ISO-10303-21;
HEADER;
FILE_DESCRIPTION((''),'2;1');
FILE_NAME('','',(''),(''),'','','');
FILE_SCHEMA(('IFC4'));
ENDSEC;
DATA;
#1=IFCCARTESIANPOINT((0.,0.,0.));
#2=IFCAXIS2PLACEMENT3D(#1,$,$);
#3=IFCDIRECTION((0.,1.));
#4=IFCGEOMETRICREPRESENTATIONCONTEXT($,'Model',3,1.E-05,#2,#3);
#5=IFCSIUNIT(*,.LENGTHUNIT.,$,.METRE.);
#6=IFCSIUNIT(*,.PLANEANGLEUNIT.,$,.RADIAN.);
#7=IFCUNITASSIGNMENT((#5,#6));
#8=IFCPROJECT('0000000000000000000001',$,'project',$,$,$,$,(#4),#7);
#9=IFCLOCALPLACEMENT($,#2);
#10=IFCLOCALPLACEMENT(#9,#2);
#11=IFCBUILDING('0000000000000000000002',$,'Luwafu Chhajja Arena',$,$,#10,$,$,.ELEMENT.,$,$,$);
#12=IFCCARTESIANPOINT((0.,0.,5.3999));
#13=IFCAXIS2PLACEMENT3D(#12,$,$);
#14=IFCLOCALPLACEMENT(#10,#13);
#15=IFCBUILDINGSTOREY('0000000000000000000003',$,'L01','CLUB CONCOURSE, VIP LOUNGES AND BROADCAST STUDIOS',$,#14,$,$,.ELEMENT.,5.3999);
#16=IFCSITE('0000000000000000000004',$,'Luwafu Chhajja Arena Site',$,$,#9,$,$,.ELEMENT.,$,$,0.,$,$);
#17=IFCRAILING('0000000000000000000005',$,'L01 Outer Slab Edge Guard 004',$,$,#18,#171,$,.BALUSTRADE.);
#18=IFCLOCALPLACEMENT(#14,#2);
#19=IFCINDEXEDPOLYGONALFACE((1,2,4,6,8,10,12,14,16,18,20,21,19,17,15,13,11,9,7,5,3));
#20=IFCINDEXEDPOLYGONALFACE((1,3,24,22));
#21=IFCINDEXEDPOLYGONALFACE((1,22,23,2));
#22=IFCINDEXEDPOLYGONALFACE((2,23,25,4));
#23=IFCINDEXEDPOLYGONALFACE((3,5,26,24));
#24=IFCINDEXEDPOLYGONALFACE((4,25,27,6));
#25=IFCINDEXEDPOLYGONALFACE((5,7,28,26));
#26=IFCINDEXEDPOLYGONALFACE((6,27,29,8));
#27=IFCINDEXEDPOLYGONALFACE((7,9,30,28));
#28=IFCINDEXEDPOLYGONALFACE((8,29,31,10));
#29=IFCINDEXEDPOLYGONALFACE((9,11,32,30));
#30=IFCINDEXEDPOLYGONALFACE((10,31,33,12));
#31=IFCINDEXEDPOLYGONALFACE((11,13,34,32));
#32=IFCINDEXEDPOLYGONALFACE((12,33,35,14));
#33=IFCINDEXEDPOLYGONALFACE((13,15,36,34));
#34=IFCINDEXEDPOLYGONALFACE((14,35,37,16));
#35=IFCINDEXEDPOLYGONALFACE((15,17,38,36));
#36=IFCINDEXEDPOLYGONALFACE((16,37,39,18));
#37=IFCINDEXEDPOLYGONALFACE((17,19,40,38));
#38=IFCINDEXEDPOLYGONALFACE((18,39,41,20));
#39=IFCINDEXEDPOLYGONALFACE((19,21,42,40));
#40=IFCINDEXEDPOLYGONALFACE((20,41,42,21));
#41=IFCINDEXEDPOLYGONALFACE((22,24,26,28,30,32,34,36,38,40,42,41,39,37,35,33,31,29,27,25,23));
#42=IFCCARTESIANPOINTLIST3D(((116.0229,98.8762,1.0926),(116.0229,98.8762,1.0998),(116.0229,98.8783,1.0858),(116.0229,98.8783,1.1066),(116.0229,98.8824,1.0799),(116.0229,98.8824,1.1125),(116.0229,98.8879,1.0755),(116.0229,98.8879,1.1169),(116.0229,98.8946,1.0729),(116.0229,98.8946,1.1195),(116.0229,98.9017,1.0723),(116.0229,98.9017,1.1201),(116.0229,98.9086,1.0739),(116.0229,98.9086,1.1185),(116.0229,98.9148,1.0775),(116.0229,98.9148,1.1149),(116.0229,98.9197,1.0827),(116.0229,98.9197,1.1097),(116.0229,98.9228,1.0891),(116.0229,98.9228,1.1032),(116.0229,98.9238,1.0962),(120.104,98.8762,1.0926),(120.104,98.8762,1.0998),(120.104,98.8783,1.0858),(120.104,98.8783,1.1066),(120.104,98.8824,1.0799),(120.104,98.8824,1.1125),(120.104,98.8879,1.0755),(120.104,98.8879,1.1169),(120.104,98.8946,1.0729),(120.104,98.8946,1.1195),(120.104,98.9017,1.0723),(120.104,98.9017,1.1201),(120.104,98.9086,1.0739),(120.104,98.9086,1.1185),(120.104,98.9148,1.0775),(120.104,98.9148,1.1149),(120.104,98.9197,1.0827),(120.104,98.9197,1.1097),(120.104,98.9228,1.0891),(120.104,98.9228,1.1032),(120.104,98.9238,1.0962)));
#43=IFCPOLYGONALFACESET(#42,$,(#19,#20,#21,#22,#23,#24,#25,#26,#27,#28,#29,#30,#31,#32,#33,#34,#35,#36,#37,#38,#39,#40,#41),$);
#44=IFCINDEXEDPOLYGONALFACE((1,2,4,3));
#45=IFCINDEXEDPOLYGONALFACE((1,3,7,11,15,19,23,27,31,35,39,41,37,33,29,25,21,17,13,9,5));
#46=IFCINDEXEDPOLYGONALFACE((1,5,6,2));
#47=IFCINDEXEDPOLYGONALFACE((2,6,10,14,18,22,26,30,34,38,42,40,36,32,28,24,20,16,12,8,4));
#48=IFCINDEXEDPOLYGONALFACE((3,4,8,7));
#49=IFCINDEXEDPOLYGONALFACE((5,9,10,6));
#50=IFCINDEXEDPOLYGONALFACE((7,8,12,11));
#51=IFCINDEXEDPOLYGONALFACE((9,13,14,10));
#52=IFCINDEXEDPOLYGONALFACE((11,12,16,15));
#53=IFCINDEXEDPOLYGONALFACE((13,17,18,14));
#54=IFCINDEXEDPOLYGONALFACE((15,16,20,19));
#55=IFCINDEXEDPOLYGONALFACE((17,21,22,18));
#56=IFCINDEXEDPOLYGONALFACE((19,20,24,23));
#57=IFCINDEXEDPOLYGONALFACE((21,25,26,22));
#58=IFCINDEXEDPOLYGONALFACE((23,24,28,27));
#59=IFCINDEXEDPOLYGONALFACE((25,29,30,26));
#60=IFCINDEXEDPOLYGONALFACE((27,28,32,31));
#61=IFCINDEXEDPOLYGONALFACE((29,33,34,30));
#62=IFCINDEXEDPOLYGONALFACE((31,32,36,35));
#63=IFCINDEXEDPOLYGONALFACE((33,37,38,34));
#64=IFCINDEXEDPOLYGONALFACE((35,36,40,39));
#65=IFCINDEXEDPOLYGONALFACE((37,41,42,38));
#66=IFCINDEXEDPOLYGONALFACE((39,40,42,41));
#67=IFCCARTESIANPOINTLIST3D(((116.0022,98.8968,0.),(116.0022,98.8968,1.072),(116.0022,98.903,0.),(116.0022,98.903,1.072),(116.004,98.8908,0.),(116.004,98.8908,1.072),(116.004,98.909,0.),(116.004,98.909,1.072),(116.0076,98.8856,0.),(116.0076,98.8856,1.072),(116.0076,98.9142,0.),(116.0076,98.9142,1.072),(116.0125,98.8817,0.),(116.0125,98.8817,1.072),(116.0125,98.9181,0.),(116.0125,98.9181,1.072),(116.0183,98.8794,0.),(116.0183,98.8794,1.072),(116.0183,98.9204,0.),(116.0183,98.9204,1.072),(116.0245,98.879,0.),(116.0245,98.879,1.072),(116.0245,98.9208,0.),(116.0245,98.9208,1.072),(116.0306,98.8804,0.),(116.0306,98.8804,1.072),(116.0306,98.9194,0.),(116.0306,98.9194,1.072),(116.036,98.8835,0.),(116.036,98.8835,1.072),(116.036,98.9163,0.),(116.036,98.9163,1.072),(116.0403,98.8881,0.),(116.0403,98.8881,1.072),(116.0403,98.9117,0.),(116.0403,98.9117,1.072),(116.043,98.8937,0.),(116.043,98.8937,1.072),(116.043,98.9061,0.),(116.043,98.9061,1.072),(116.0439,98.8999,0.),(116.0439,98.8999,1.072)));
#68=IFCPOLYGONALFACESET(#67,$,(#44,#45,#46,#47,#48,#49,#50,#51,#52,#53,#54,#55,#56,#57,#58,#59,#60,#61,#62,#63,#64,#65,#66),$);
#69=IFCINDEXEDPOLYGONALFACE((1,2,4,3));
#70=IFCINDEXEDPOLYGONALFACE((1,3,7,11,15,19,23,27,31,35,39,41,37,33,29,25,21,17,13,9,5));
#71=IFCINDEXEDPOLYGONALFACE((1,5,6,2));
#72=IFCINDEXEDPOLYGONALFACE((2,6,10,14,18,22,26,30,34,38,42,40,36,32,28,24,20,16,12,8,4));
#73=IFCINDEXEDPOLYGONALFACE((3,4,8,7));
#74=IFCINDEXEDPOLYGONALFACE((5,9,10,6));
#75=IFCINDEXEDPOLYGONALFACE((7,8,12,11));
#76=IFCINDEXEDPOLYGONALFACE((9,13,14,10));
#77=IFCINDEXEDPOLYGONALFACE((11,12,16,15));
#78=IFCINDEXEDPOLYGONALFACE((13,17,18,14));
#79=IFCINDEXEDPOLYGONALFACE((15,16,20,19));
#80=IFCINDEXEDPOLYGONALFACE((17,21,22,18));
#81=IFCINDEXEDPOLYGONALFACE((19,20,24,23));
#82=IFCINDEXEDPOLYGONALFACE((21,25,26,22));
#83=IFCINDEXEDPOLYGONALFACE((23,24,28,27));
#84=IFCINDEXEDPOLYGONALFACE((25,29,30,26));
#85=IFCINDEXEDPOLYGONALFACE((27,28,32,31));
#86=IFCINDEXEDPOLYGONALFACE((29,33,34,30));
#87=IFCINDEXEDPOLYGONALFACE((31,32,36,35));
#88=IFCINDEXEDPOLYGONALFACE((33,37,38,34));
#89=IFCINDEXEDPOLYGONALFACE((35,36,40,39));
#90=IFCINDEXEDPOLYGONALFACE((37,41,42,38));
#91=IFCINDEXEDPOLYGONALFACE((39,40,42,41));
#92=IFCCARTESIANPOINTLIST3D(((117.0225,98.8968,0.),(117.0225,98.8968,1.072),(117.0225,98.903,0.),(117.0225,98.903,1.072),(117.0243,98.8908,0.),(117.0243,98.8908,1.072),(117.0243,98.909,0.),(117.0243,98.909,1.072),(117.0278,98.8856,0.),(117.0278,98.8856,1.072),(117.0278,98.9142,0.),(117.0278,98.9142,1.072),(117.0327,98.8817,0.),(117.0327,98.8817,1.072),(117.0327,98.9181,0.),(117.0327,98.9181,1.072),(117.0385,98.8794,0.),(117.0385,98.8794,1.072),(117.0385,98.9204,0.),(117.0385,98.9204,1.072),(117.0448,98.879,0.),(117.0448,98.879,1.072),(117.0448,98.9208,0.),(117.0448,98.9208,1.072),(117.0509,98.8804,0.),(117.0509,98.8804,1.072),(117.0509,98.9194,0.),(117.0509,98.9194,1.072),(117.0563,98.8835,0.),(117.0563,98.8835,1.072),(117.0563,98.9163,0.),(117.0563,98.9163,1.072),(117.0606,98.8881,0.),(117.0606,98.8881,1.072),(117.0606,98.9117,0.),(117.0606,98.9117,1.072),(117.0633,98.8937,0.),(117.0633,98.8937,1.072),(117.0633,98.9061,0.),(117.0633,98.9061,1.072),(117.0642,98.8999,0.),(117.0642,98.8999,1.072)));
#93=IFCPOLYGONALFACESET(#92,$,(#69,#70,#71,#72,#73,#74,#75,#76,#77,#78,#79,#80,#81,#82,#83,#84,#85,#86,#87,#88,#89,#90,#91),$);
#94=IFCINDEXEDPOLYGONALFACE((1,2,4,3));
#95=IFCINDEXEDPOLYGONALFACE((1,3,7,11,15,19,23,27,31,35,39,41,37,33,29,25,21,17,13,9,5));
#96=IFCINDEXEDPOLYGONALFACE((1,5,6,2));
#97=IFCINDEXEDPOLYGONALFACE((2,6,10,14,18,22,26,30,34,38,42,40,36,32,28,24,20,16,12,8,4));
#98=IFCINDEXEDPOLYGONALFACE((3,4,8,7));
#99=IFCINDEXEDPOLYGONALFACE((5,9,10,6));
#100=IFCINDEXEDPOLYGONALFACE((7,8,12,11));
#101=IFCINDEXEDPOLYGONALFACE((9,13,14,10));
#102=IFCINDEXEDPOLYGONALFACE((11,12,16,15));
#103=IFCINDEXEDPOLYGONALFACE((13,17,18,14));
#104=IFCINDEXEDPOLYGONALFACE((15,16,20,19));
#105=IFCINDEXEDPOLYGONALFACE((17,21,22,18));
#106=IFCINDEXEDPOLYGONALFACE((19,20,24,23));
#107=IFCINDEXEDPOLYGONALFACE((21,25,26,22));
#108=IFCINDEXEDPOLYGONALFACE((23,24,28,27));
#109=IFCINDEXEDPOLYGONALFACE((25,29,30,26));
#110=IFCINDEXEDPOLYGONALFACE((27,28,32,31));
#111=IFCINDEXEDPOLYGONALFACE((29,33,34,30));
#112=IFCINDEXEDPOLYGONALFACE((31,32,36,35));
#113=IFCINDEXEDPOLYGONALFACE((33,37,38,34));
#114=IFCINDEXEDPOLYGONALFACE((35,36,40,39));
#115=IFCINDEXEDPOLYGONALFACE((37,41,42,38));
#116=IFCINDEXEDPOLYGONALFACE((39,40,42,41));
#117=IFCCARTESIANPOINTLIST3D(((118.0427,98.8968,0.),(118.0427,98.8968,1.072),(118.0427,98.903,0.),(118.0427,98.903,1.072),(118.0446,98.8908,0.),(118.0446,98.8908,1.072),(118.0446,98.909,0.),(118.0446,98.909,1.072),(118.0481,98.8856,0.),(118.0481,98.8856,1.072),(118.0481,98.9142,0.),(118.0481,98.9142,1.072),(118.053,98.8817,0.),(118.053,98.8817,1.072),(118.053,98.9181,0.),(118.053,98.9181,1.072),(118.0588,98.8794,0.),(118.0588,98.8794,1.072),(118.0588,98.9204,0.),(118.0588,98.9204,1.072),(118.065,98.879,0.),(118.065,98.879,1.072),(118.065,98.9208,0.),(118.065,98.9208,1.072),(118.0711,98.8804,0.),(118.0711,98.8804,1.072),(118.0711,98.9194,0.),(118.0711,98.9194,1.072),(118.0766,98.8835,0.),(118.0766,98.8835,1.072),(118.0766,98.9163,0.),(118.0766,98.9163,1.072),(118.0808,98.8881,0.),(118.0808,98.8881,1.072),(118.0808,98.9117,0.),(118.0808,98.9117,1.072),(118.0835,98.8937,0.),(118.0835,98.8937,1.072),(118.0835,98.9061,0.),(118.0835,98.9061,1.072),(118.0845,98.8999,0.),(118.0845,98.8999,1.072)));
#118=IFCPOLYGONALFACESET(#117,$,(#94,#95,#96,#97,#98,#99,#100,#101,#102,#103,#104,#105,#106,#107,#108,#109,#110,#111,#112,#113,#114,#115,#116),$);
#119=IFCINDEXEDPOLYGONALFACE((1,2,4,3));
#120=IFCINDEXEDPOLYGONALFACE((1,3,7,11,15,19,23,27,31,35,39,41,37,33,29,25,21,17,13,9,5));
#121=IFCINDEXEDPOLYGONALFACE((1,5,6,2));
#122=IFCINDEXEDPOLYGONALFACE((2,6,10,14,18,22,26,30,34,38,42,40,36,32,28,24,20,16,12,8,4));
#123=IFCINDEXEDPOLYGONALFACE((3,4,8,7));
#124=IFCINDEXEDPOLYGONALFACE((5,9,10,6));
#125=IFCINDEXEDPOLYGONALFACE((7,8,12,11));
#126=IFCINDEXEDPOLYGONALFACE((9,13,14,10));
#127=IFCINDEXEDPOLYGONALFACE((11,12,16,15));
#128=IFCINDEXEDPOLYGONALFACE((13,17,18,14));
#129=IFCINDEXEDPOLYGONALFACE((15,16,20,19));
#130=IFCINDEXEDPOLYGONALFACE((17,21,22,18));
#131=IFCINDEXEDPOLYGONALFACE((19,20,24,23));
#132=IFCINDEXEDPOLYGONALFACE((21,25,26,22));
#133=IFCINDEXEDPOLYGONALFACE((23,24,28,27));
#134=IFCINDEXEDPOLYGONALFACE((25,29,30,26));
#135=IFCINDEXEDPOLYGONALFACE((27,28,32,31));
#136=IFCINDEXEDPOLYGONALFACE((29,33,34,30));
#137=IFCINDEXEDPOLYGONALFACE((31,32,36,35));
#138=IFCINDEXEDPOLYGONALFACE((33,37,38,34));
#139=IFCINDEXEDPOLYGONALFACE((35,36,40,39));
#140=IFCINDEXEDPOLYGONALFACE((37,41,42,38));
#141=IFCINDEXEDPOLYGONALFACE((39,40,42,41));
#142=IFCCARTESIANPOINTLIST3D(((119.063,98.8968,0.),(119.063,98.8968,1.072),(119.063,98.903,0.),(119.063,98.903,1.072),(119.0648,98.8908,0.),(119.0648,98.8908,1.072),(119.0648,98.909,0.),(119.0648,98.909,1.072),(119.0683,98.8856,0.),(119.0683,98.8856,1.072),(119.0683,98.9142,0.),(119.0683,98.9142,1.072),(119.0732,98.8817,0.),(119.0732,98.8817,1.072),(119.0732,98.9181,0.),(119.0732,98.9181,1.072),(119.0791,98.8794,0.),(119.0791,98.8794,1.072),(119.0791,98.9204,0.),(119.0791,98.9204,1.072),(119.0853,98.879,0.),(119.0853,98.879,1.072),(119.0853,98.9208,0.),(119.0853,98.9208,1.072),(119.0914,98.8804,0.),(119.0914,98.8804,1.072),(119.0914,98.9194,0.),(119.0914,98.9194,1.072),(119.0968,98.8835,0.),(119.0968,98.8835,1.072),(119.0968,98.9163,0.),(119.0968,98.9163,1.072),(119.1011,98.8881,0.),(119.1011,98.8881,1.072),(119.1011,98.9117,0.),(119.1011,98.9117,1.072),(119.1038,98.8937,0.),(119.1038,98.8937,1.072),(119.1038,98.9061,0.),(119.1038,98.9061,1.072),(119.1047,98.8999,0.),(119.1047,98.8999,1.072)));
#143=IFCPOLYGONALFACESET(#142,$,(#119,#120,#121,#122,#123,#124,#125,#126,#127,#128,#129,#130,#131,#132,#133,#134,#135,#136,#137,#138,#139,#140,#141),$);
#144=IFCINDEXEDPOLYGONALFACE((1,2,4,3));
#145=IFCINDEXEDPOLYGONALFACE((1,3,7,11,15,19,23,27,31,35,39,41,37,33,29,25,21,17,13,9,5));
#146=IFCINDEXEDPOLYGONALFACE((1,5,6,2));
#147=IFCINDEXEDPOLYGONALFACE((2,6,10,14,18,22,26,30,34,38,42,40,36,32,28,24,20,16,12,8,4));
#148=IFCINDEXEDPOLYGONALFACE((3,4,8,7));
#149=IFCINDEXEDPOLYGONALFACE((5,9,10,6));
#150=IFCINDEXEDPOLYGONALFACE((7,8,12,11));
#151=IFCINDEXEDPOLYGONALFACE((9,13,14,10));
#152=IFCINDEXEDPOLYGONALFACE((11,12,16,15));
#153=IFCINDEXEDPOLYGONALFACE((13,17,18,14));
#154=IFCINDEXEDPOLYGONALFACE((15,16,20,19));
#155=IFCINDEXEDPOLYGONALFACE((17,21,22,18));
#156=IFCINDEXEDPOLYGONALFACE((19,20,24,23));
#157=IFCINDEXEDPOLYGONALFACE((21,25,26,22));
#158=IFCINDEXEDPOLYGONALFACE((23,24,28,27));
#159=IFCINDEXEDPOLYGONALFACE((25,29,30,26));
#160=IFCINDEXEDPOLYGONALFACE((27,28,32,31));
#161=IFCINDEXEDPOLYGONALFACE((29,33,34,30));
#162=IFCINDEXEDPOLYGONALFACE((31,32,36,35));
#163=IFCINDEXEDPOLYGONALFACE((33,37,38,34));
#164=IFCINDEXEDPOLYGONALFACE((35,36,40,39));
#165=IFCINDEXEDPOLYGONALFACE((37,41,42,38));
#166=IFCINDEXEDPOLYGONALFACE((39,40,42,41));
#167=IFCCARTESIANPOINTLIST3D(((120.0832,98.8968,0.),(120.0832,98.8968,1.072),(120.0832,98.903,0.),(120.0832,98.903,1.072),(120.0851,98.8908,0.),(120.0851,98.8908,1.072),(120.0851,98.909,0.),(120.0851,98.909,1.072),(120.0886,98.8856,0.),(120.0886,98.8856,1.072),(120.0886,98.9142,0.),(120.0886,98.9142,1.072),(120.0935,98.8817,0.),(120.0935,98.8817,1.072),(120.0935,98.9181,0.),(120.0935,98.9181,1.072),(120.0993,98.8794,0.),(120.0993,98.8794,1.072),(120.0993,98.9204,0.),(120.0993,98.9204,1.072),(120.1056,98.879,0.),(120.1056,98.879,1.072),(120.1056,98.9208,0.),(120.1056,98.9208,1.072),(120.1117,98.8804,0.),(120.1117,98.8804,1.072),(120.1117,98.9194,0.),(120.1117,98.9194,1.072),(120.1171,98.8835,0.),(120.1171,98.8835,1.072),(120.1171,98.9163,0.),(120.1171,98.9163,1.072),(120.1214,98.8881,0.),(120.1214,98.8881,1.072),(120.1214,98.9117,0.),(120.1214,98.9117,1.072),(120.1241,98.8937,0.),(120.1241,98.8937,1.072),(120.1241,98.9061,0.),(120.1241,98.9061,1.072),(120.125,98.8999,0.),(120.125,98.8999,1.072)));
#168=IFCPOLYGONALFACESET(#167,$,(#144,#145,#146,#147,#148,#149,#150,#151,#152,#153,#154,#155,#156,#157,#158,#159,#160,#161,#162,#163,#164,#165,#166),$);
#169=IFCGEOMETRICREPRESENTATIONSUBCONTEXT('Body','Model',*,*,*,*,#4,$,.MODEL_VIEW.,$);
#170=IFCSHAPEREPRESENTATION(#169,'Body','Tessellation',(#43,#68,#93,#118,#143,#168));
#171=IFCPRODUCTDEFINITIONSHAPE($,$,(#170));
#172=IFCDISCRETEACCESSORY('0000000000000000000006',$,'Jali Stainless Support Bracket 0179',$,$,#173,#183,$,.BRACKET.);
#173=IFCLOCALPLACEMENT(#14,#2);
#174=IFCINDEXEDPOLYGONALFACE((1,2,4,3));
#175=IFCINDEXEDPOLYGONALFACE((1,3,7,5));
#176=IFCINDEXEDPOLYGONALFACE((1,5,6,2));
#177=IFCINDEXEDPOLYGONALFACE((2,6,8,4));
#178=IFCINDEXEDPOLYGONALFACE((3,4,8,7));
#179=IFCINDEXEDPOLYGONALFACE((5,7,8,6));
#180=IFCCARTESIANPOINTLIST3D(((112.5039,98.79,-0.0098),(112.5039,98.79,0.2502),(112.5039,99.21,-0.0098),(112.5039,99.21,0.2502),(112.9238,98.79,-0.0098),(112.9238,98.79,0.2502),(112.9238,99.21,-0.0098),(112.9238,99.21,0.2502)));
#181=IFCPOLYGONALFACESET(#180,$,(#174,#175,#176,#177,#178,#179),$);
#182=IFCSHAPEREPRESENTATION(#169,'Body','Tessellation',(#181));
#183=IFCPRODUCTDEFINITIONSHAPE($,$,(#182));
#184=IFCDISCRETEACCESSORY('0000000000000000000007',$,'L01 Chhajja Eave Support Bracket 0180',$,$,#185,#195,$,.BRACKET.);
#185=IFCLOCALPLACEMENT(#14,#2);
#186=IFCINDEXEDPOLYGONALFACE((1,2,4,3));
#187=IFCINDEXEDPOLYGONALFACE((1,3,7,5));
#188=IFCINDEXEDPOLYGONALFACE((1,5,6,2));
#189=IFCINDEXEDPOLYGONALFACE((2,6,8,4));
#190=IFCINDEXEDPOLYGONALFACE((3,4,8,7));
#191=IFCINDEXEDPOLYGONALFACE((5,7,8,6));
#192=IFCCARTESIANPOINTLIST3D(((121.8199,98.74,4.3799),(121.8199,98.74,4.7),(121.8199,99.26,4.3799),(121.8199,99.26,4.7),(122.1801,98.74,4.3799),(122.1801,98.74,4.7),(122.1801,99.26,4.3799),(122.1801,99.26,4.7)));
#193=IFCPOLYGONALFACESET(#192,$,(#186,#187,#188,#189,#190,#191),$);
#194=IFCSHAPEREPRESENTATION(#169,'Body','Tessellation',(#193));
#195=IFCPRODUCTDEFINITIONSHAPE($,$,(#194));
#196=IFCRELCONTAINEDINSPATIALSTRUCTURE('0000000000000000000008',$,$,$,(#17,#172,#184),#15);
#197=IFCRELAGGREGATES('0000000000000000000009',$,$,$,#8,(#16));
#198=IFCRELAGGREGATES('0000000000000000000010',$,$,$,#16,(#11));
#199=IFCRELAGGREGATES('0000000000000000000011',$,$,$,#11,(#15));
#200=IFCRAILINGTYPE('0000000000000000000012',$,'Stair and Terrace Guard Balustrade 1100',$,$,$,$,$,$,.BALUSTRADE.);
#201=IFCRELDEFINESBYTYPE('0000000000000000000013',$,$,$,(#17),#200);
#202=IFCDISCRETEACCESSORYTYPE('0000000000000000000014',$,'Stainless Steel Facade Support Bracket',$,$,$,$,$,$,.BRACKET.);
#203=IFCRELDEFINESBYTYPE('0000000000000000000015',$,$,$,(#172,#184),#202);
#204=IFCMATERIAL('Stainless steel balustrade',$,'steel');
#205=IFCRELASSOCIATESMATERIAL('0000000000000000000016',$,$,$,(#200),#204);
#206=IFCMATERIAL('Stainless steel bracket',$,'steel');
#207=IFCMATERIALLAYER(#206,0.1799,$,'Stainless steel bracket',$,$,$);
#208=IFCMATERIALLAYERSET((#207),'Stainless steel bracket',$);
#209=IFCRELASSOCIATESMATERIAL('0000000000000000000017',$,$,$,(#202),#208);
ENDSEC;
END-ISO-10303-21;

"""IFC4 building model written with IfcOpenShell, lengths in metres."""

from ifc_helpers import new_model, si_unit, direction, frame, origin, origin_2d, place, context, subcontext, project, spatial, rectangle, circle, extrude, material, layer, layer_set, type_object, element, save


model = new_model("IFC4")

# Units and contexts
model_context = context("Model", 3, precision=1e-05, world=origin(), true_north=direction((0.0, 1.0)))
body_context = subcontext(model_context, "Body", "Model", "MODEL_VIEW")
ifc_project = project(units=[si_unit("LENGTHUNIT", "METRE"), si_unit("PLANEANGLEUNIT", "RADIAN")], contexts=[model_context])

# Site, building, storey
site_placement = place(None, origin())
site = spatial("IfcSite", under=ifc_project, at=site_placement, Name="Luwafu Chhajja Arena Site", CompositionType="ELEMENT", RefElevation=0.0)
building_placement = place(site_placement, origin())
building = spatial("IfcBuilding", under=site, at=building_placement, Name="Luwafu Chhajja Arena", CompositionType="ELEMENT")
storey_placement = place(building_placement, frame((0.0, 0.0, 5.3999)))
storey = spatial("IfcBuildingStorey", under=building, at=storey_placement, Name="L01", Description="CLUB CONCOURSE, VIP LOUNGES AND BROADCAST STUDIOS", CompositionType="ELEMENT", Elevation=5.3999)

# Railing
ifc_material_1 = material(Name="Stainless steel balustrade", Category="steel")
railing_type = type_object("IfcRailingType", Name="Stair and Terrace Guard Balustrade 1100", PredefinedType="BALUSTRADE", material=ifc_material_1)
railing_placement = place(storey_placement, frame((116.0229, 98.8999, 0.0)))
element("IfcRailing", 1, at=railing_placement, inside=storey, type_object=railing_type, Name="L01 Outer Slab Edge Guard 004", PredefinedType="BALUSTRADE", context=body_context, shape_type="SweptSolid", body=[
    extrude(circle(Radius=0.0239, at=origin_2d()), frame((0.0, 0.0, 1.0962), z_axis=(1.0, 0.0, 0.0), x_axis=(0.0, 1.0, 0.0)), (0.0, 0.0, 1.0), 4.0811),
    extrude(circle(Radius=0.021, at=origin_2d()), origin(), (0.0, 0.0, 1.0), 1.072),
    extrude(circle(Radius=0.021, at=origin_2d()), frame((1.0203, 0.0, 0.0)), (0.0, 0.0, 1.0), 1.072),
    extrude(circle(Radius=0.021, at=origin_2d()), frame((2.0405, 0.0, 0.0)), (0.0, 0.0, 1.0), 1.072),
    extrude(circle(Radius=0.021, at=origin_2d()), frame((3.0608, 0.0, 0.0)), (0.0, 0.0, 1.0), 1.072),
    extrude(circle(Radius=0.021, at=origin_2d()), frame((4.0811, 0.0, 0.0)), (0.0, 0.0, 1.0), 1.072),
])

# Discrete accessories
ifc_material_2 = material(Name="Stainless steel bracket", Category="steel")
ifc_layer_1 = layer(ifc_material_2, 0.1799, Name="Stainless steel bracket")
ifc_layer_set_1 = layer_set([ifc_layer_1], Name="Stainless steel bracket")
discrete_accessory_type = type_object("IfcDiscreteAccessoryType", Name="Stainless Steel Facade Support Bracket", PredefinedType="BRACKET", material=ifc_layer_set_1)
discrete_accessory_1_placement = place(storey_placement, frame((112.7139, 99.0, -0.0098), z_axis=(0.0, 0.0, 1.0), x_axis=(1.0, 0.0, 0.0)))
element("IfcDiscreteAccessory", 2, at=discrete_accessory_1_placement, inside=storey, type_object=discrete_accessory_type, Name="Jali Stainless Support Bracket 0179", PredefinedType="BRACKET", context=body_context, shape_type="SweptSolid", body=[
    extrude(rectangle(XDim=0.4199, YDim=0.4199, at=origin_2d()), origin(), (0.0, 0.0, 1.0), 0.26),
])
discrete_accessory_2_placement = place(storey_placement, frame((122.0, 99.0, 4.3799), z_axis=(0.0, 0.0, 1.0), x_axis=(1.0, 0.0, 0.0)))
element("IfcDiscreteAccessory", 3, at=discrete_accessory_2_placement, inside=storey, type_object=discrete_accessory_type, Name="L01 Chhajja Eave Support Bracket 0180", PredefinedType="BRACKET", context=body_context, shape_type="SweptSolid", body=[
    extrude(rectangle(XDim=0.3601, YDim=0.52, at=origin_2d()), origin(), (0.0, 0.0, 1.0), 0.3201),
])

save(model, "model.ifc")
